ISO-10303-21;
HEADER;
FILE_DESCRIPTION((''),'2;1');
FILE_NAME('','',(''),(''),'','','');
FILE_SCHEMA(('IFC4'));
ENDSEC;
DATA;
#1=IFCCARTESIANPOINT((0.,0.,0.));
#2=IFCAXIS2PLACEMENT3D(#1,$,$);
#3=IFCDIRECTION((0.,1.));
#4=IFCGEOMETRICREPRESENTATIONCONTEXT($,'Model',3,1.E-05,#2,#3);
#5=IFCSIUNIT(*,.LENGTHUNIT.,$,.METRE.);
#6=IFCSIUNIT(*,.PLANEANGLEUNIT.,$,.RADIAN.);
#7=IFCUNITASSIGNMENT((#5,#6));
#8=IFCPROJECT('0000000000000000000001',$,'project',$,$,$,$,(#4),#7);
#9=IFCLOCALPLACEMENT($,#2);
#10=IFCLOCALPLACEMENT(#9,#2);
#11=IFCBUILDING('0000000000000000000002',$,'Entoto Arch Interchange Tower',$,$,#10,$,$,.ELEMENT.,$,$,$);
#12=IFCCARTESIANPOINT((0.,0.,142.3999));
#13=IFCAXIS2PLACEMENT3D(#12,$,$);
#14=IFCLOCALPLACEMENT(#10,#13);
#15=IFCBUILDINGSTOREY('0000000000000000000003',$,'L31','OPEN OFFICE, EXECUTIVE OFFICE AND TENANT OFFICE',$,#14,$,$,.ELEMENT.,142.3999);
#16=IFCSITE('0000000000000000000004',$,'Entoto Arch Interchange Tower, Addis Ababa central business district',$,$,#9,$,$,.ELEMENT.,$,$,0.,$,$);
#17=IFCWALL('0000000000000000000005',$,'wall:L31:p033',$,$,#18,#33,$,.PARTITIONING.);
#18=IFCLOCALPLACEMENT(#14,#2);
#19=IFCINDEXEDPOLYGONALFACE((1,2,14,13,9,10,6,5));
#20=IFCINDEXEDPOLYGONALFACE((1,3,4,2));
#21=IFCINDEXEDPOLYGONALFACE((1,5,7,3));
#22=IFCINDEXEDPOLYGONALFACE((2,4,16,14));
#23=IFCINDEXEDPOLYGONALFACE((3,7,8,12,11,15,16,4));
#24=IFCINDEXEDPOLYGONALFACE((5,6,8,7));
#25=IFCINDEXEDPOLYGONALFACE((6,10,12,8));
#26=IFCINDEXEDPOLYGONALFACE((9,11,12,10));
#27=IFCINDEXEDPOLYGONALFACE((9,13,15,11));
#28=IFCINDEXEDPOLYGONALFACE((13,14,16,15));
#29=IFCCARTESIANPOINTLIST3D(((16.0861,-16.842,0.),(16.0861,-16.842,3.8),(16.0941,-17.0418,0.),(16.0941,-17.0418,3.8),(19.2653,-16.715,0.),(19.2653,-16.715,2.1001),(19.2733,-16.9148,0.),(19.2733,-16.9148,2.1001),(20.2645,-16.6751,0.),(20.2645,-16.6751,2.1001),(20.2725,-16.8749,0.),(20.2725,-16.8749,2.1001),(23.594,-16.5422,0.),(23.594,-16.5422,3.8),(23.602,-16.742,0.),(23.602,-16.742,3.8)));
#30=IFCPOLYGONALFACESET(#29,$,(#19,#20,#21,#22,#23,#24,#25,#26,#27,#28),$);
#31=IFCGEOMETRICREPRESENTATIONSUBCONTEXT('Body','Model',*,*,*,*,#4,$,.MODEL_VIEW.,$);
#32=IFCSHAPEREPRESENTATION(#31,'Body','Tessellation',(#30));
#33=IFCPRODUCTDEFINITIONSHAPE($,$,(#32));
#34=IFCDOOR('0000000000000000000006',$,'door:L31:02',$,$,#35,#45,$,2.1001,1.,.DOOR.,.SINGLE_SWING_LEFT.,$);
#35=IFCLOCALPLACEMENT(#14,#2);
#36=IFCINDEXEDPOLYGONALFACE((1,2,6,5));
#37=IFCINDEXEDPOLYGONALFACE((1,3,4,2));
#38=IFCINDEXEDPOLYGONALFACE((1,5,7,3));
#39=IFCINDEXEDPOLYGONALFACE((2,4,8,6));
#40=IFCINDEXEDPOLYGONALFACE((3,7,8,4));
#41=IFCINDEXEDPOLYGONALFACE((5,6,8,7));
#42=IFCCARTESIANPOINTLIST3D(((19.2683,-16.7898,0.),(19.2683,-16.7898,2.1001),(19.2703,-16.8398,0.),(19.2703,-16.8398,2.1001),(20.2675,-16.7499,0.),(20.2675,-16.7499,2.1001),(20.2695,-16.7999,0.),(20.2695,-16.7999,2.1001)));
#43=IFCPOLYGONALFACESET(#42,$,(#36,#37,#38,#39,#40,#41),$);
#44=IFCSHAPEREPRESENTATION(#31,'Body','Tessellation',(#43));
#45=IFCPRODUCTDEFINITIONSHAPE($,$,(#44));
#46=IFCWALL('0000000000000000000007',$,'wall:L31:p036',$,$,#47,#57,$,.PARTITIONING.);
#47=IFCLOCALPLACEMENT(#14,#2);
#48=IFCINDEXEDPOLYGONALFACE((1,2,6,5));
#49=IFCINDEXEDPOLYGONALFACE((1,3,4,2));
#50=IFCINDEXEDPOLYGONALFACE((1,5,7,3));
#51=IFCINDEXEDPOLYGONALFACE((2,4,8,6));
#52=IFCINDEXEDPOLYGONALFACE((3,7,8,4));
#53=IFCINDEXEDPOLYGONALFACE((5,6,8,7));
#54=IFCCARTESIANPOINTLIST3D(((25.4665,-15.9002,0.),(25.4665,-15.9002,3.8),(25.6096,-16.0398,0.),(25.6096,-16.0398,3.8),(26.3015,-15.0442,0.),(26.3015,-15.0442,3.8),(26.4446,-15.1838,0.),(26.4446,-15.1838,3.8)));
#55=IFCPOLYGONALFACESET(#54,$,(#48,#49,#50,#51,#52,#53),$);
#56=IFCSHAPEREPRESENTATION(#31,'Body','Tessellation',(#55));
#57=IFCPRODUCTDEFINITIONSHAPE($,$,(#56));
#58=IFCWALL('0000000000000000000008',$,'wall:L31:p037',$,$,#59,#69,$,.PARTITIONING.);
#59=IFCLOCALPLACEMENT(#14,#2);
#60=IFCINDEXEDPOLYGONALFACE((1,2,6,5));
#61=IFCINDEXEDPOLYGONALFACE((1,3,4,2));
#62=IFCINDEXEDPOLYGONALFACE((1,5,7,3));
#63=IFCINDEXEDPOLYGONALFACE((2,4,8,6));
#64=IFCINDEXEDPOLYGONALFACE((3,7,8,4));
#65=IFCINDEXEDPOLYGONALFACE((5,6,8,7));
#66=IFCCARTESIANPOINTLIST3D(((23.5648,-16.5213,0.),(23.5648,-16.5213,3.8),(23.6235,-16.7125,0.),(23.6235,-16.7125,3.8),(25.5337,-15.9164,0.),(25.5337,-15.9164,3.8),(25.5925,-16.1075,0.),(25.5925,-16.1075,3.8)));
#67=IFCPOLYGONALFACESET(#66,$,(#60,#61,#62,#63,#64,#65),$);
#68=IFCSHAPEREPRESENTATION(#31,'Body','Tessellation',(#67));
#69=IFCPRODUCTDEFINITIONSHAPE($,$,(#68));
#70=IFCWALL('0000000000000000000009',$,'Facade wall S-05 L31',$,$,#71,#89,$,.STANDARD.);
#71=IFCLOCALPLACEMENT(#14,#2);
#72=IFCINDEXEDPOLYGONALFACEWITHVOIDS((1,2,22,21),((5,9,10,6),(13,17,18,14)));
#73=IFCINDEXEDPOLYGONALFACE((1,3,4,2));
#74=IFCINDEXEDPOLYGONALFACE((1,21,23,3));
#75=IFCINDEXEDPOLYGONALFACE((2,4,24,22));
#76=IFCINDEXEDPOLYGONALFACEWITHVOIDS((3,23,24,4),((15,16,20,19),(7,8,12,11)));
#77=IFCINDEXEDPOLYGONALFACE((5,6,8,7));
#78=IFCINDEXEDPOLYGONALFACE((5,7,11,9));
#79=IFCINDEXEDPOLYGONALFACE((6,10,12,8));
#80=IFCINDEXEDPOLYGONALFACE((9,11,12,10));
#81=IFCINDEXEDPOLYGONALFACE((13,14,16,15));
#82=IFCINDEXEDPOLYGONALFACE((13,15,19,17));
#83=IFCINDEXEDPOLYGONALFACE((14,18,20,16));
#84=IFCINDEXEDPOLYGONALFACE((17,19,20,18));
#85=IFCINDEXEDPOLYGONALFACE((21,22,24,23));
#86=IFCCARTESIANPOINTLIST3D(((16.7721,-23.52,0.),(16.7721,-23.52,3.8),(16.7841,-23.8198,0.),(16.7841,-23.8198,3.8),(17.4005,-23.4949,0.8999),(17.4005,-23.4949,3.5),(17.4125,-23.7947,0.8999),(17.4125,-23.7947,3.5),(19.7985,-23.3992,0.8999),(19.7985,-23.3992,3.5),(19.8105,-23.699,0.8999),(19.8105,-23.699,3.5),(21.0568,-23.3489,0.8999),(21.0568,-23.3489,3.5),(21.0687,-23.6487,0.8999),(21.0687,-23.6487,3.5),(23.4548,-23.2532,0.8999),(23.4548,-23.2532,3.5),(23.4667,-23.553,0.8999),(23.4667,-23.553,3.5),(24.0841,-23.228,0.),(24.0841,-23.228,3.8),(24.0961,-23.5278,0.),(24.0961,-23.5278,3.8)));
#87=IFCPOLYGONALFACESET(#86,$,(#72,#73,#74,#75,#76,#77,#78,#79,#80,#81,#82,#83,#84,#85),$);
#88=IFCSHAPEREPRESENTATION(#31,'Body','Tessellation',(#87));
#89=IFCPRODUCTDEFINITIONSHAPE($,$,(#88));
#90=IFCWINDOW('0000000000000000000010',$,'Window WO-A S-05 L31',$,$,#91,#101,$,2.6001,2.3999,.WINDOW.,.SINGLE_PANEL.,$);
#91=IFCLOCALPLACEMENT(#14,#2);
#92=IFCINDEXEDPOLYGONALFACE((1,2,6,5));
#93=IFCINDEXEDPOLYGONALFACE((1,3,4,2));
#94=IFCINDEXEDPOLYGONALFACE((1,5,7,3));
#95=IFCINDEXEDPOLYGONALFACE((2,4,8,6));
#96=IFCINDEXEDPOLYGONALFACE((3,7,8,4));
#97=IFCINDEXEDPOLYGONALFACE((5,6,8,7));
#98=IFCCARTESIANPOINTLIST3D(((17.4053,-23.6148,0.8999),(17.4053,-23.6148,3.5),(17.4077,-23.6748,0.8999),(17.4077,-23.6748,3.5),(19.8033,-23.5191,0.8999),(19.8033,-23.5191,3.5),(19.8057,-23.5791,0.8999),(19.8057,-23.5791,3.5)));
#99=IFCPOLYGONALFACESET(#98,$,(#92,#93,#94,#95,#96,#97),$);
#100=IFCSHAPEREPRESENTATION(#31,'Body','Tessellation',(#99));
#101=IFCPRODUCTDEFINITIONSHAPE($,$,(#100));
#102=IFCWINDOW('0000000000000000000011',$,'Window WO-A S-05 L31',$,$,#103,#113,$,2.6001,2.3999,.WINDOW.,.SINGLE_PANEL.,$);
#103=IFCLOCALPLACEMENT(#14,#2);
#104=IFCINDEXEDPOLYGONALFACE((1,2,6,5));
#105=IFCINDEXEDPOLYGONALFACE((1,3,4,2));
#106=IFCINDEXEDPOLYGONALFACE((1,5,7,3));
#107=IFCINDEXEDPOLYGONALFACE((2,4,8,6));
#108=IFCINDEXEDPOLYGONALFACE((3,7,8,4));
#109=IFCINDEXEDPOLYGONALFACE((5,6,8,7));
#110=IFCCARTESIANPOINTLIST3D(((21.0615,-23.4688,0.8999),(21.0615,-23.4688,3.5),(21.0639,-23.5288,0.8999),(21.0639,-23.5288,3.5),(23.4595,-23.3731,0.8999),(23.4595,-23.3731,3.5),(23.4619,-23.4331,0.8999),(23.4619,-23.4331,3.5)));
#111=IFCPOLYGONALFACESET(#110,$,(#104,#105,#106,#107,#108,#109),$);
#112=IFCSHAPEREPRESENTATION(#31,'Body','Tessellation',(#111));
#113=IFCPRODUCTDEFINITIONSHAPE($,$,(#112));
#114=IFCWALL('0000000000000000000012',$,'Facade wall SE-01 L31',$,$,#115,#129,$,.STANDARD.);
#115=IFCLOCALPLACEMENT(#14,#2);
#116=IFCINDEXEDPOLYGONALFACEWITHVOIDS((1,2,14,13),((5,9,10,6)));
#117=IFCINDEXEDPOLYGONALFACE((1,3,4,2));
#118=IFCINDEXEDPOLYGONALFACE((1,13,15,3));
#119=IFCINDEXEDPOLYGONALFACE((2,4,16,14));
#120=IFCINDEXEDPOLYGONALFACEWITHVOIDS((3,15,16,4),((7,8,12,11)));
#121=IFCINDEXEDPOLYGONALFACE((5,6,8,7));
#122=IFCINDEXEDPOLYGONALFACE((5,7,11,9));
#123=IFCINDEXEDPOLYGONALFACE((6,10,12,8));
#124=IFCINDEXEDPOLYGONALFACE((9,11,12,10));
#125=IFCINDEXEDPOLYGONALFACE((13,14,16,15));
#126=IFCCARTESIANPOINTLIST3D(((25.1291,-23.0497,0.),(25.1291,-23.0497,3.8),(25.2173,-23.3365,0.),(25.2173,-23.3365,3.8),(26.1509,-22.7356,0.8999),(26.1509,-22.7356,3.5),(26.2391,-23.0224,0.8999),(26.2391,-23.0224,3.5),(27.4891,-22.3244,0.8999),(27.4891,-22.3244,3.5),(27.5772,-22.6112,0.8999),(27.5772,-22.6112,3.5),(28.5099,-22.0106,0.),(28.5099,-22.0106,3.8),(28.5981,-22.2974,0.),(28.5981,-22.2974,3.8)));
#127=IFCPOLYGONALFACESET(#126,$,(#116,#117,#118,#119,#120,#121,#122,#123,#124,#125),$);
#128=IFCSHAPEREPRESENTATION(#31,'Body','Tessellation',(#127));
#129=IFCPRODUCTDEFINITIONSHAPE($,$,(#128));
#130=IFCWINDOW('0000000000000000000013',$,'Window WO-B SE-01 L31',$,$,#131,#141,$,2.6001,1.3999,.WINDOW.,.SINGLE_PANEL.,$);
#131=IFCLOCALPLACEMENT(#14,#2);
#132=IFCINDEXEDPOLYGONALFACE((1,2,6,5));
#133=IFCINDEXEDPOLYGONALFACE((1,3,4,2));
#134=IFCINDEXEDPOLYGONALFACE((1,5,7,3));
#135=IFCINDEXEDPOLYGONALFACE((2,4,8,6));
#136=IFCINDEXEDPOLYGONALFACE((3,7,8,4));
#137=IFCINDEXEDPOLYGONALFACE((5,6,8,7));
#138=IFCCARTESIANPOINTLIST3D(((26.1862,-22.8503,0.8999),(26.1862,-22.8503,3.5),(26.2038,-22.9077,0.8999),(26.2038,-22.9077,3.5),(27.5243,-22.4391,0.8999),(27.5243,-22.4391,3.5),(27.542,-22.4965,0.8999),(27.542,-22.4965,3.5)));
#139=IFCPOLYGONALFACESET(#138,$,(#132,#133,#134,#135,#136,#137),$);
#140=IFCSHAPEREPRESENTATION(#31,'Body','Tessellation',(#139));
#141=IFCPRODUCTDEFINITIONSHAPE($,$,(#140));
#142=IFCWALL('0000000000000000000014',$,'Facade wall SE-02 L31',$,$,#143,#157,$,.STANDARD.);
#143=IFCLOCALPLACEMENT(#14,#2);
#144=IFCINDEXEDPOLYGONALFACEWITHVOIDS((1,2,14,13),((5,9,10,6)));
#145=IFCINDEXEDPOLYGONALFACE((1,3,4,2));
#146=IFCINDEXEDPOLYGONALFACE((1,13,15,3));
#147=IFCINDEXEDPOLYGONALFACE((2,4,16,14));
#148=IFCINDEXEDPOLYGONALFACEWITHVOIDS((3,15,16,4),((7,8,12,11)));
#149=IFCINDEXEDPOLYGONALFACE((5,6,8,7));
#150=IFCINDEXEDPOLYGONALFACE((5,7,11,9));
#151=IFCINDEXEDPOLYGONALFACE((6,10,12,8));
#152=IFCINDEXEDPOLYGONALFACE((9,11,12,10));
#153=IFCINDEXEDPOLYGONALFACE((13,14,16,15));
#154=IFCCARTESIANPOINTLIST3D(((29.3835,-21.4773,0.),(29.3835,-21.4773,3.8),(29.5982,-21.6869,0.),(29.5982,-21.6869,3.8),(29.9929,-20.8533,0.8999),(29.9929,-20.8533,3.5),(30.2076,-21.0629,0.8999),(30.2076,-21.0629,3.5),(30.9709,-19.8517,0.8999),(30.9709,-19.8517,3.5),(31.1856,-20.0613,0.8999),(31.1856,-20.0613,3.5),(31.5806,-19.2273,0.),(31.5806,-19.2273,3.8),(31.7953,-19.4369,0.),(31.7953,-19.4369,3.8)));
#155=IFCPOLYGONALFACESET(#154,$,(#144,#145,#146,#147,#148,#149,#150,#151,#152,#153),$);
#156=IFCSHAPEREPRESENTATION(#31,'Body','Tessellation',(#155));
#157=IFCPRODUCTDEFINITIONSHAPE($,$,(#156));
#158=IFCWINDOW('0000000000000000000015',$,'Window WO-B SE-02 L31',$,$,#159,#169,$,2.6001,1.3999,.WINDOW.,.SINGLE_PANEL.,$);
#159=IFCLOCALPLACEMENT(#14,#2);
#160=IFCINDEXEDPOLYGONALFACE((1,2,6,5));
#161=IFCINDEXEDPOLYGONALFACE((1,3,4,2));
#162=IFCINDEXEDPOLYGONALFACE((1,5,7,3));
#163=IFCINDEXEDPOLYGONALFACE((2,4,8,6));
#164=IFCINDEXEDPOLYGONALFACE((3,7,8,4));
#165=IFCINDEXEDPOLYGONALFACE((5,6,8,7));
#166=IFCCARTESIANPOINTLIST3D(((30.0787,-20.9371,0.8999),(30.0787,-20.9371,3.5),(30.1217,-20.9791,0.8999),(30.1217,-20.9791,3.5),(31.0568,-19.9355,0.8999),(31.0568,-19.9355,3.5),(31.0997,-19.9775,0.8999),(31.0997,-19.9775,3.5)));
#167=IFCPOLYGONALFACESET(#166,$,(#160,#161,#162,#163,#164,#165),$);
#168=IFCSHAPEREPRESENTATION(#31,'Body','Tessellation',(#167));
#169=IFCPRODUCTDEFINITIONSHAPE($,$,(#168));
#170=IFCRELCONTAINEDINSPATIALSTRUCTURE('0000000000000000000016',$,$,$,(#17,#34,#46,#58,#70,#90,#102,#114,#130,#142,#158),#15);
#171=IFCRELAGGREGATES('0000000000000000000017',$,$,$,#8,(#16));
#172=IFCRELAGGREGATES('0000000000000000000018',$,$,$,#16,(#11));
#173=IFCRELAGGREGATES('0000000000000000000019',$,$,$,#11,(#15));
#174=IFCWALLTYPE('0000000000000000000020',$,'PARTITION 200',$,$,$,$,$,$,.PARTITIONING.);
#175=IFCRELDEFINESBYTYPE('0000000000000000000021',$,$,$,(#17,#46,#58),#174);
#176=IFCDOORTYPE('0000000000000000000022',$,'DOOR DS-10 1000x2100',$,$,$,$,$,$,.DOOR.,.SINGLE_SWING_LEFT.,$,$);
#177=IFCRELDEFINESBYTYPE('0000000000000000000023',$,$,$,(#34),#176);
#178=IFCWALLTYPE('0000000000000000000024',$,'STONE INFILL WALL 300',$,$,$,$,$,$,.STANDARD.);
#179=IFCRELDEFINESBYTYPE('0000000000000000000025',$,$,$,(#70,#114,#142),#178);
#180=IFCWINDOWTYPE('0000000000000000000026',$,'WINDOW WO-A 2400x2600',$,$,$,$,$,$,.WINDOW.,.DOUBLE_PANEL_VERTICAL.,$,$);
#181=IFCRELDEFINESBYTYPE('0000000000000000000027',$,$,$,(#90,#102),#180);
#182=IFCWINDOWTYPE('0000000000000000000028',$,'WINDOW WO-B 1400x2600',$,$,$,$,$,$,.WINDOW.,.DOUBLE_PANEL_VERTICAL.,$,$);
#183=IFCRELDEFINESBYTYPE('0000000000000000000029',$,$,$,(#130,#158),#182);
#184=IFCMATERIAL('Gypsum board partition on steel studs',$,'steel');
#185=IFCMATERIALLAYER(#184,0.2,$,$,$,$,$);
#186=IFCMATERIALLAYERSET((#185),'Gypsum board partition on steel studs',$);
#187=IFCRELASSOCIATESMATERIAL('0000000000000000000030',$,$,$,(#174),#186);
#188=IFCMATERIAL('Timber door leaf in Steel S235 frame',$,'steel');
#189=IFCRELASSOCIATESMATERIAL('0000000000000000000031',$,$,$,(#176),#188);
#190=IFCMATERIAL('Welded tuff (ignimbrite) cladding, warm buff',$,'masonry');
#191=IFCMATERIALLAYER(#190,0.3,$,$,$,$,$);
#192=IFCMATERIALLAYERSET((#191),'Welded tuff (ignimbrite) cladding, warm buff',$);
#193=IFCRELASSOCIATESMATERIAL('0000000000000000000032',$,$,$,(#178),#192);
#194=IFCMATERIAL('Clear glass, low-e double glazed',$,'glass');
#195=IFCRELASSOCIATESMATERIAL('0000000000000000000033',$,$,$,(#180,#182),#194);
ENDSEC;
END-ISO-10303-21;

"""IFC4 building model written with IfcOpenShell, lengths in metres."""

from ifc_helpers import new_model, si_unit, direction, frame, frame_2d, origin, place, context, subcontext, project, spatial, rectangle, extrude, material, layer, layer_set, type_object, element, fill, save


model = new_model("IFC4")

# Units and contexts
model_context = context("Model", 3, precision=1e-05, world=origin(), true_north=direction((0.0, 1.0)))
body_context = subcontext(model_context, "Body", "Model", "MODEL_VIEW")
ifc_project = project(units=[si_unit("LENGTHUNIT", "METRE"), si_unit("PLANEANGLEUNIT", "RADIAN")], contexts=[model_context])

# Site, building, storey
site_placement = place(None, origin())
site = spatial("IfcSite", under=ifc_project, at=site_placement, Name="Entoto Arch Interchange Tower, Addis Ababa central business district", CompositionType="ELEMENT", RefElevation=0.0)
building_placement = place(site_placement, origin())
building = spatial("IfcBuilding", under=site, at=building_placement, Name="Entoto Arch Interchange Tower", CompositionType="ELEMENT")
storey_placement = place(building_placement, frame((0.0, 0.0, 142.3999)))
storey = spatial("IfcBuildingStorey", under=building, at=storey_placement, Name="L31", Description="OPEN OFFICE, EXECUTIVE OFFICE AND TENANT OFFICE", CompositionType="ELEMENT", Elevation=142.3999)

# Shared definitions
ifc_material_1 = material(Name="Gypsum board partition on steel studs", Category="steel")
ifc_layer_1 = layer(ifc_material_1, 0.2)
ifc_layer_set_1 = layer_set([ifc_layer_1], Name="Gypsum board partition on steel studs")
wall_type_1 = type_object("IfcWallType", Name="PARTITION 200", PredefinedType="PARTITIONING", material=ifc_layer_set_1)

# Shared definitions
ifc_material_2 = material(Name="Timber door leaf in Steel S235 frame", Category="steel")
door_type = type_object("IfcDoorType", Name="DOOR DS-10 1000x2100", OperationType="SINGLE_SWING_LEFT", PredefinedType="DOOR", material=ifc_material_2)

# Wall, opening, door
wall_1_placement = place(storey_placement, frame((23.5979, -16.6421, 0.0), z_axis=(0.0, 0.0, 1.0), x_axis=(-0.999204, -0.039901, 0.0)))
wall_1 = element("IfcWall", 1, at=wall_1_placement, inside=storey, type_object=wall_type_1, Name="wall:L31:p033", PredefinedType="PARTITIONING", context=body_context, shape_type="SweptSolid", body=[
    extrude(rectangle(XDim=7.5139, YDim=0.2, at=frame_2d((3.7568, 0.0))), origin(), (0.0, 0.0, 1.0), 3.8),
])
opening_1_placement = place(wall_1_placement, frame((3.332, 0.0, 0.0)))
opening_1 = element("IfcOpeningElement", 2, at=opening_1_placement, cuts=wall_1, PredefinedType="OPENING", context=body_context, shape_type="SweptSolid", body=[
    extrude(rectangle(XDim=1.0, YDim=2.1001, at=frame_2d((0.5, 1.05))), frame((0.0, 0.1099, 0.0), z_axis=(0.0, -1.0, 0.0), x_axis=(1.0, 0.0, 0.0)), (0.0, 0.0, 1.0), 0.22),
])
door_1_placement = place(opening_1_placement, origin())
door_1 = element("IfcDoor", 3, at=door_1_placement, inside=storey, type_object=door_type, Name="door:L31:02", OperationType="SINGLE_SWING_LEFT", OverallHeight=2.1001, OverallWidth=1.0, PredefinedType="DOOR", context=body_context, shape_type="SweptSolid", body=[
    extrude(rectangle(XDim=1.0, YDim=2.1001, at=frame_2d((0.5, 1.05))), frame((0.0, 0.0249, 0.0), z_axis=(0.0, -1.0, 0.0), x_axis=(1.0, 0.0, 0.0)), (0.0, 0.0, 1.0), 0.05),
])
fill(opening_1, door_1)

# Walls
wall_2_placement = place(storey_placement, frame((26.373, -15.114, 0.0), z_axis=(0.0, 0.0, 1.0), x_axis=(-0.698273, -0.715832, 0.0)))
element("IfcWall", 4, at=wall_2_placement, inside=storey, type_object=wall_type_1, Name="wall:L31:p036", PredefinedType="PARTITIONING", context=body_context, shape_type="SweptSolid", body=[
    extrude(rectangle(XDim=1.1958, YDim=0.2, at=frame_2d((0.5979, 0.0))), origin(), (0.0, 0.0, 1.0), 3.8),
])
wall_3_placement = place(storey_placement, frame((25.563, -16.012, 0.0), z_axis=(0.0, 0.0, 1.0), x_axis=(-0.955897, -0.293703, 0.0)))
element("IfcWall", 5, at=wall_3_placement, inside=storey, type_object=wall_type_1, Name="wall:L31:p037", PredefinedType="PARTITIONING", context=body_context, shape_type="SweptSolid", body=[
    extrude(rectangle(XDim=2.0598, YDim=0.2, at=frame_2d((1.0298, 0.0))), origin(), (0.0, 0.0, 1.0), 3.8),
])

# Wall, openings, windows
ifc_material_3 = material(Name="Welded tuff (ignimbrite) cladding, warm buff", Category="masonry")
ifc_layer_2 = layer(ifc_material_3, 0.3)
ifc_layer_set_2 = layer_set([ifc_layer_2], Name="Welded tuff (ignimbrite) cladding, warm buff")
wall_type_2 = type_object("IfcWallType", Name="STONE INFILL WALL 300", PredefinedType="STANDARD", material=ifc_layer_set_2)
wall_4_placement = place(storey_placement, frame((16.7781, -23.6699, 0.0), z_axis=(0.0, 0.0, 1.0), x_axis=(0.999204, 0.039901, 0.0)))
wall_4 = element("IfcWall", 6, at=wall_4_placement, inside=storey, type_object=wall_type_2, Name="Facade wall S-05 L31", PredefinedType="STANDARD", context=body_context, shape_type="SweptSolid", body=[
    extrude(rectangle(XDim=7.3179, YDim=0.3, at=frame_2d((3.6589, 0.0))), origin(), (0.0, 0.0, 1.0), 3.8),
])
opening_2_placement = place(wall_4_placement, frame((0.6289, 0.0, 0.8999)))
opening_2 = element("IfcOpeningElement", 7, at=opening_2_placement, cuts=wall_4, PredefinedType="OPENING", context=body_context, shape_type="SweptSolid", body=[
    extrude(rectangle(XDim=2.3999, YDim=2.6001, at=frame_2d((1.2, 1.3))), frame((0.0, 0.1602, 0.0), z_axis=(0.0, -1.0, 0.0), x_axis=(1.0, 0.0, 0.0)), (0.0, 0.0, 1.0), 0.3201),
])
opening_3_placement = place(wall_4_placement, frame((4.2881, 0.0, 0.8999)))
opening_3 = element("IfcOpeningElement", 8, at=opening_3_placement, cuts=wall_4, PredefinedType="OPENING", context=body_context, shape_type="SweptSolid", body=[
    extrude(rectangle(XDim=2.3999, YDim=2.6001, at=frame_2d((1.2, 1.3))), frame((0.0, 0.1602, 0.0), z_axis=(0.0, -1.0, 0.0), x_axis=(1.0, 0.0, 0.0)), (0.0, 0.0, 1.0), 0.3201),
])
ifc_material_4 = material(Name="Clear glass, low-e double glazed", Category="glass")
window_type_1 = type_object("IfcWindowType", Name="WINDOW WO-A 2400x2600", PartitioningType="DOUBLE_PANEL_VERTICAL", PredefinedType="WINDOW", material=ifc_material_4)
window_1_placement = place(opening_2_placement, origin())
window_1 = element("IfcWindow", 9, at=window_1_placement, inside=storey, type_object=window_type_1, Name="Window WO-A S-05 L31", OverallHeight=2.6001, OverallWidth=2.3999, PartitioningType="SINGLE_PANEL", PredefinedType="WINDOW", context=body_context, shape_type="SweptSolid", body=[
    extrude(rectangle(XDim=2.3999, YDim=2.6001, at=frame_2d((1.2, 1.3))), frame((0.0, 0.03, 0.0), z_axis=(0.0, -1.0, 0.0), x_axis=(1.0, 0.0, 0.0)), (0.0, 0.0, 1.0), 0.0601),
])
fill(opening_2, window_1)
window_2_placement = place(opening_3_placement, origin())
window_2 = element("IfcWindow", 10, at=window_2_placement, inside=storey, type_object=window_type_1, Name="Window WO-A S-05 L31", OverallHeight=2.6001, OverallWidth=2.3999, PartitioningType="SINGLE_PANEL", PredefinedType="WINDOW", context=body_context, shape_type="SweptSolid", body=[
    extrude(rectangle(XDim=2.3999, YDim=2.6001, at=frame_2d((1.2, 1.3))), frame((0.0, 0.03, 0.0), z_axis=(0.0, -1.0, 0.0), x_axis=(1.0, 0.0, 0.0)), (0.0, 0.0, 1.0), 0.0601),
])
fill(opening_3, window_2)

# Walls, openings, windows
wall_5_placement = place(storey_placement, frame((25.1731, -23.1931, 0.0), z_axis=(0.0, 0.0, 1.0), x_axis=(0.955874, 0.293775, 0.0)))
wall_5 = element("IfcWall", 11, at=wall_5_placement, inside=storey, type_object=wall_type_2, Name="Facade wall SE-01 L31", PredefinedType="STANDARD", context=body_context, shape_type="SweptSolid", body=[
    extrude(rectangle(XDim=3.5369, YDim=0.3, at=frame_2d((1.7686, 0.0))), origin(), (0.0, 0.0, 1.0), 3.8),
])
opening_4_placement = place(wall_5_placement, frame((1.0691, 0.0, 0.8999)))
opening_4 = element("IfcOpeningElement", 12, at=opening_4_placement, cuts=wall_5, PredefinedType="OPENING", context=body_context, shape_type="SweptSolid", body=[
    extrude(rectangle(XDim=1.3999, YDim=2.6001, at=frame_2d((0.7, 1.3))), frame((0.0, 0.1602, 0.0), z_axis=(0.0, -1.0, 0.0), x_axis=(1.0, 0.0, 0.0)), (0.0, 0.0, 1.0), 0.3201),
])
window_type_2 = type_object("IfcWindowType", Name="WINDOW WO-B 1400x2600", PartitioningType="DOUBLE_PANEL_VERTICAL", PredefinedType="WINDOW", material=ifc_material_4)
window_3_placement = place(opening_4_placement, origin())
window_3 = element("IfcWindow", 13, at=window_3_placement, inside=storey, type_object=window_type_2, Name="Window WO-B SE-01 L31", OverallHeight=2.6001, OverallWidth=1.3999, PartitioningType="SINGLE_PANEL", PredefinedType="WINDOW", context=body_context, shape_type="SweptSolid", body=[
    extrude(rectangle(XDim=1.3999, YDim=2.6001, at=frame_2d((0.7, 1.3))), frame((0.0, 0.03, 0.0), z_axis=(0.0, -1.0, 0.0), x_axis=(1.0, 0.0, 0.0)), (0.0, 0.0, 1.0), 0.0601),
])
fill(opening_4, window_3)
wall_6_placement = place(storey_placement, frame((29.491, -21.582, 0.0), z_axis=(0.0, 0.0, 1.0), x_axis=(0.698633, 0.71548, 0.0)))
wall_6 = element("IfcWall", 14, at=wall_6_placement, inside=storey, type_object=wall_type_2, Name="Facade wall SE-02 L31", PredefinedType="STANDARD", context=body_context, shape_type="SweptSolid", body=[
    extrude(rectangle(XDim=3.1448, YDim=0.3, at=frame_2d((1.5723, 0.0))), origin(), (0.0, 0.0, 1.0), 3.8),
])
opening_5_placement = place(wall_6_placement, frame((0.8721, 0.0, 0.8999)))
opening_5 = element("IfcOpeningElement", 15, at=opening_5_placement, cuts=wall_6, PredefinedType="OPENING", context=body_context, shape_type="SweptSolid", body=[
    extrude(rectangle(XDim=1.3999, YDim=2.6001, at=frame_2d((0.7, 1.3))), frame((0.0, 0.1602, 0.0), z_axis=(0.0, -1.0, 0.0), x_axis=(1.0, 0.0, 0.0)), (0.0, 0.0, 1.0), 0.3201),
])
window_4_placement = place(opening_5_placement, origin())
window_4 = element("IfcWindow", 16, at=window_4_placement, inside=storey, type_object=window_type_2, Name="Window WO-B SE-02 L31", OverallHeight=2.6001, OverallWidth=1.3999, PartitioningType="SINGLE_PANEL", PredefinedType="WINDOW", context=body_context, shape_type="SweptSolid", body=[
    extrude(rectangle(XDim=1.3999, YDim=2.6001, at=frame_2d((0.7, 1.3))), frame((0.0, 0.03, 0.0), z_axis=(0.0, -1.0, 0.0), x_axis=(1.0, 0.0, 0.0)), (0.0, 0.0, 1.0), 0.0601),
])
fill(opening_5, window_4)

save(model, "model.ifc")
